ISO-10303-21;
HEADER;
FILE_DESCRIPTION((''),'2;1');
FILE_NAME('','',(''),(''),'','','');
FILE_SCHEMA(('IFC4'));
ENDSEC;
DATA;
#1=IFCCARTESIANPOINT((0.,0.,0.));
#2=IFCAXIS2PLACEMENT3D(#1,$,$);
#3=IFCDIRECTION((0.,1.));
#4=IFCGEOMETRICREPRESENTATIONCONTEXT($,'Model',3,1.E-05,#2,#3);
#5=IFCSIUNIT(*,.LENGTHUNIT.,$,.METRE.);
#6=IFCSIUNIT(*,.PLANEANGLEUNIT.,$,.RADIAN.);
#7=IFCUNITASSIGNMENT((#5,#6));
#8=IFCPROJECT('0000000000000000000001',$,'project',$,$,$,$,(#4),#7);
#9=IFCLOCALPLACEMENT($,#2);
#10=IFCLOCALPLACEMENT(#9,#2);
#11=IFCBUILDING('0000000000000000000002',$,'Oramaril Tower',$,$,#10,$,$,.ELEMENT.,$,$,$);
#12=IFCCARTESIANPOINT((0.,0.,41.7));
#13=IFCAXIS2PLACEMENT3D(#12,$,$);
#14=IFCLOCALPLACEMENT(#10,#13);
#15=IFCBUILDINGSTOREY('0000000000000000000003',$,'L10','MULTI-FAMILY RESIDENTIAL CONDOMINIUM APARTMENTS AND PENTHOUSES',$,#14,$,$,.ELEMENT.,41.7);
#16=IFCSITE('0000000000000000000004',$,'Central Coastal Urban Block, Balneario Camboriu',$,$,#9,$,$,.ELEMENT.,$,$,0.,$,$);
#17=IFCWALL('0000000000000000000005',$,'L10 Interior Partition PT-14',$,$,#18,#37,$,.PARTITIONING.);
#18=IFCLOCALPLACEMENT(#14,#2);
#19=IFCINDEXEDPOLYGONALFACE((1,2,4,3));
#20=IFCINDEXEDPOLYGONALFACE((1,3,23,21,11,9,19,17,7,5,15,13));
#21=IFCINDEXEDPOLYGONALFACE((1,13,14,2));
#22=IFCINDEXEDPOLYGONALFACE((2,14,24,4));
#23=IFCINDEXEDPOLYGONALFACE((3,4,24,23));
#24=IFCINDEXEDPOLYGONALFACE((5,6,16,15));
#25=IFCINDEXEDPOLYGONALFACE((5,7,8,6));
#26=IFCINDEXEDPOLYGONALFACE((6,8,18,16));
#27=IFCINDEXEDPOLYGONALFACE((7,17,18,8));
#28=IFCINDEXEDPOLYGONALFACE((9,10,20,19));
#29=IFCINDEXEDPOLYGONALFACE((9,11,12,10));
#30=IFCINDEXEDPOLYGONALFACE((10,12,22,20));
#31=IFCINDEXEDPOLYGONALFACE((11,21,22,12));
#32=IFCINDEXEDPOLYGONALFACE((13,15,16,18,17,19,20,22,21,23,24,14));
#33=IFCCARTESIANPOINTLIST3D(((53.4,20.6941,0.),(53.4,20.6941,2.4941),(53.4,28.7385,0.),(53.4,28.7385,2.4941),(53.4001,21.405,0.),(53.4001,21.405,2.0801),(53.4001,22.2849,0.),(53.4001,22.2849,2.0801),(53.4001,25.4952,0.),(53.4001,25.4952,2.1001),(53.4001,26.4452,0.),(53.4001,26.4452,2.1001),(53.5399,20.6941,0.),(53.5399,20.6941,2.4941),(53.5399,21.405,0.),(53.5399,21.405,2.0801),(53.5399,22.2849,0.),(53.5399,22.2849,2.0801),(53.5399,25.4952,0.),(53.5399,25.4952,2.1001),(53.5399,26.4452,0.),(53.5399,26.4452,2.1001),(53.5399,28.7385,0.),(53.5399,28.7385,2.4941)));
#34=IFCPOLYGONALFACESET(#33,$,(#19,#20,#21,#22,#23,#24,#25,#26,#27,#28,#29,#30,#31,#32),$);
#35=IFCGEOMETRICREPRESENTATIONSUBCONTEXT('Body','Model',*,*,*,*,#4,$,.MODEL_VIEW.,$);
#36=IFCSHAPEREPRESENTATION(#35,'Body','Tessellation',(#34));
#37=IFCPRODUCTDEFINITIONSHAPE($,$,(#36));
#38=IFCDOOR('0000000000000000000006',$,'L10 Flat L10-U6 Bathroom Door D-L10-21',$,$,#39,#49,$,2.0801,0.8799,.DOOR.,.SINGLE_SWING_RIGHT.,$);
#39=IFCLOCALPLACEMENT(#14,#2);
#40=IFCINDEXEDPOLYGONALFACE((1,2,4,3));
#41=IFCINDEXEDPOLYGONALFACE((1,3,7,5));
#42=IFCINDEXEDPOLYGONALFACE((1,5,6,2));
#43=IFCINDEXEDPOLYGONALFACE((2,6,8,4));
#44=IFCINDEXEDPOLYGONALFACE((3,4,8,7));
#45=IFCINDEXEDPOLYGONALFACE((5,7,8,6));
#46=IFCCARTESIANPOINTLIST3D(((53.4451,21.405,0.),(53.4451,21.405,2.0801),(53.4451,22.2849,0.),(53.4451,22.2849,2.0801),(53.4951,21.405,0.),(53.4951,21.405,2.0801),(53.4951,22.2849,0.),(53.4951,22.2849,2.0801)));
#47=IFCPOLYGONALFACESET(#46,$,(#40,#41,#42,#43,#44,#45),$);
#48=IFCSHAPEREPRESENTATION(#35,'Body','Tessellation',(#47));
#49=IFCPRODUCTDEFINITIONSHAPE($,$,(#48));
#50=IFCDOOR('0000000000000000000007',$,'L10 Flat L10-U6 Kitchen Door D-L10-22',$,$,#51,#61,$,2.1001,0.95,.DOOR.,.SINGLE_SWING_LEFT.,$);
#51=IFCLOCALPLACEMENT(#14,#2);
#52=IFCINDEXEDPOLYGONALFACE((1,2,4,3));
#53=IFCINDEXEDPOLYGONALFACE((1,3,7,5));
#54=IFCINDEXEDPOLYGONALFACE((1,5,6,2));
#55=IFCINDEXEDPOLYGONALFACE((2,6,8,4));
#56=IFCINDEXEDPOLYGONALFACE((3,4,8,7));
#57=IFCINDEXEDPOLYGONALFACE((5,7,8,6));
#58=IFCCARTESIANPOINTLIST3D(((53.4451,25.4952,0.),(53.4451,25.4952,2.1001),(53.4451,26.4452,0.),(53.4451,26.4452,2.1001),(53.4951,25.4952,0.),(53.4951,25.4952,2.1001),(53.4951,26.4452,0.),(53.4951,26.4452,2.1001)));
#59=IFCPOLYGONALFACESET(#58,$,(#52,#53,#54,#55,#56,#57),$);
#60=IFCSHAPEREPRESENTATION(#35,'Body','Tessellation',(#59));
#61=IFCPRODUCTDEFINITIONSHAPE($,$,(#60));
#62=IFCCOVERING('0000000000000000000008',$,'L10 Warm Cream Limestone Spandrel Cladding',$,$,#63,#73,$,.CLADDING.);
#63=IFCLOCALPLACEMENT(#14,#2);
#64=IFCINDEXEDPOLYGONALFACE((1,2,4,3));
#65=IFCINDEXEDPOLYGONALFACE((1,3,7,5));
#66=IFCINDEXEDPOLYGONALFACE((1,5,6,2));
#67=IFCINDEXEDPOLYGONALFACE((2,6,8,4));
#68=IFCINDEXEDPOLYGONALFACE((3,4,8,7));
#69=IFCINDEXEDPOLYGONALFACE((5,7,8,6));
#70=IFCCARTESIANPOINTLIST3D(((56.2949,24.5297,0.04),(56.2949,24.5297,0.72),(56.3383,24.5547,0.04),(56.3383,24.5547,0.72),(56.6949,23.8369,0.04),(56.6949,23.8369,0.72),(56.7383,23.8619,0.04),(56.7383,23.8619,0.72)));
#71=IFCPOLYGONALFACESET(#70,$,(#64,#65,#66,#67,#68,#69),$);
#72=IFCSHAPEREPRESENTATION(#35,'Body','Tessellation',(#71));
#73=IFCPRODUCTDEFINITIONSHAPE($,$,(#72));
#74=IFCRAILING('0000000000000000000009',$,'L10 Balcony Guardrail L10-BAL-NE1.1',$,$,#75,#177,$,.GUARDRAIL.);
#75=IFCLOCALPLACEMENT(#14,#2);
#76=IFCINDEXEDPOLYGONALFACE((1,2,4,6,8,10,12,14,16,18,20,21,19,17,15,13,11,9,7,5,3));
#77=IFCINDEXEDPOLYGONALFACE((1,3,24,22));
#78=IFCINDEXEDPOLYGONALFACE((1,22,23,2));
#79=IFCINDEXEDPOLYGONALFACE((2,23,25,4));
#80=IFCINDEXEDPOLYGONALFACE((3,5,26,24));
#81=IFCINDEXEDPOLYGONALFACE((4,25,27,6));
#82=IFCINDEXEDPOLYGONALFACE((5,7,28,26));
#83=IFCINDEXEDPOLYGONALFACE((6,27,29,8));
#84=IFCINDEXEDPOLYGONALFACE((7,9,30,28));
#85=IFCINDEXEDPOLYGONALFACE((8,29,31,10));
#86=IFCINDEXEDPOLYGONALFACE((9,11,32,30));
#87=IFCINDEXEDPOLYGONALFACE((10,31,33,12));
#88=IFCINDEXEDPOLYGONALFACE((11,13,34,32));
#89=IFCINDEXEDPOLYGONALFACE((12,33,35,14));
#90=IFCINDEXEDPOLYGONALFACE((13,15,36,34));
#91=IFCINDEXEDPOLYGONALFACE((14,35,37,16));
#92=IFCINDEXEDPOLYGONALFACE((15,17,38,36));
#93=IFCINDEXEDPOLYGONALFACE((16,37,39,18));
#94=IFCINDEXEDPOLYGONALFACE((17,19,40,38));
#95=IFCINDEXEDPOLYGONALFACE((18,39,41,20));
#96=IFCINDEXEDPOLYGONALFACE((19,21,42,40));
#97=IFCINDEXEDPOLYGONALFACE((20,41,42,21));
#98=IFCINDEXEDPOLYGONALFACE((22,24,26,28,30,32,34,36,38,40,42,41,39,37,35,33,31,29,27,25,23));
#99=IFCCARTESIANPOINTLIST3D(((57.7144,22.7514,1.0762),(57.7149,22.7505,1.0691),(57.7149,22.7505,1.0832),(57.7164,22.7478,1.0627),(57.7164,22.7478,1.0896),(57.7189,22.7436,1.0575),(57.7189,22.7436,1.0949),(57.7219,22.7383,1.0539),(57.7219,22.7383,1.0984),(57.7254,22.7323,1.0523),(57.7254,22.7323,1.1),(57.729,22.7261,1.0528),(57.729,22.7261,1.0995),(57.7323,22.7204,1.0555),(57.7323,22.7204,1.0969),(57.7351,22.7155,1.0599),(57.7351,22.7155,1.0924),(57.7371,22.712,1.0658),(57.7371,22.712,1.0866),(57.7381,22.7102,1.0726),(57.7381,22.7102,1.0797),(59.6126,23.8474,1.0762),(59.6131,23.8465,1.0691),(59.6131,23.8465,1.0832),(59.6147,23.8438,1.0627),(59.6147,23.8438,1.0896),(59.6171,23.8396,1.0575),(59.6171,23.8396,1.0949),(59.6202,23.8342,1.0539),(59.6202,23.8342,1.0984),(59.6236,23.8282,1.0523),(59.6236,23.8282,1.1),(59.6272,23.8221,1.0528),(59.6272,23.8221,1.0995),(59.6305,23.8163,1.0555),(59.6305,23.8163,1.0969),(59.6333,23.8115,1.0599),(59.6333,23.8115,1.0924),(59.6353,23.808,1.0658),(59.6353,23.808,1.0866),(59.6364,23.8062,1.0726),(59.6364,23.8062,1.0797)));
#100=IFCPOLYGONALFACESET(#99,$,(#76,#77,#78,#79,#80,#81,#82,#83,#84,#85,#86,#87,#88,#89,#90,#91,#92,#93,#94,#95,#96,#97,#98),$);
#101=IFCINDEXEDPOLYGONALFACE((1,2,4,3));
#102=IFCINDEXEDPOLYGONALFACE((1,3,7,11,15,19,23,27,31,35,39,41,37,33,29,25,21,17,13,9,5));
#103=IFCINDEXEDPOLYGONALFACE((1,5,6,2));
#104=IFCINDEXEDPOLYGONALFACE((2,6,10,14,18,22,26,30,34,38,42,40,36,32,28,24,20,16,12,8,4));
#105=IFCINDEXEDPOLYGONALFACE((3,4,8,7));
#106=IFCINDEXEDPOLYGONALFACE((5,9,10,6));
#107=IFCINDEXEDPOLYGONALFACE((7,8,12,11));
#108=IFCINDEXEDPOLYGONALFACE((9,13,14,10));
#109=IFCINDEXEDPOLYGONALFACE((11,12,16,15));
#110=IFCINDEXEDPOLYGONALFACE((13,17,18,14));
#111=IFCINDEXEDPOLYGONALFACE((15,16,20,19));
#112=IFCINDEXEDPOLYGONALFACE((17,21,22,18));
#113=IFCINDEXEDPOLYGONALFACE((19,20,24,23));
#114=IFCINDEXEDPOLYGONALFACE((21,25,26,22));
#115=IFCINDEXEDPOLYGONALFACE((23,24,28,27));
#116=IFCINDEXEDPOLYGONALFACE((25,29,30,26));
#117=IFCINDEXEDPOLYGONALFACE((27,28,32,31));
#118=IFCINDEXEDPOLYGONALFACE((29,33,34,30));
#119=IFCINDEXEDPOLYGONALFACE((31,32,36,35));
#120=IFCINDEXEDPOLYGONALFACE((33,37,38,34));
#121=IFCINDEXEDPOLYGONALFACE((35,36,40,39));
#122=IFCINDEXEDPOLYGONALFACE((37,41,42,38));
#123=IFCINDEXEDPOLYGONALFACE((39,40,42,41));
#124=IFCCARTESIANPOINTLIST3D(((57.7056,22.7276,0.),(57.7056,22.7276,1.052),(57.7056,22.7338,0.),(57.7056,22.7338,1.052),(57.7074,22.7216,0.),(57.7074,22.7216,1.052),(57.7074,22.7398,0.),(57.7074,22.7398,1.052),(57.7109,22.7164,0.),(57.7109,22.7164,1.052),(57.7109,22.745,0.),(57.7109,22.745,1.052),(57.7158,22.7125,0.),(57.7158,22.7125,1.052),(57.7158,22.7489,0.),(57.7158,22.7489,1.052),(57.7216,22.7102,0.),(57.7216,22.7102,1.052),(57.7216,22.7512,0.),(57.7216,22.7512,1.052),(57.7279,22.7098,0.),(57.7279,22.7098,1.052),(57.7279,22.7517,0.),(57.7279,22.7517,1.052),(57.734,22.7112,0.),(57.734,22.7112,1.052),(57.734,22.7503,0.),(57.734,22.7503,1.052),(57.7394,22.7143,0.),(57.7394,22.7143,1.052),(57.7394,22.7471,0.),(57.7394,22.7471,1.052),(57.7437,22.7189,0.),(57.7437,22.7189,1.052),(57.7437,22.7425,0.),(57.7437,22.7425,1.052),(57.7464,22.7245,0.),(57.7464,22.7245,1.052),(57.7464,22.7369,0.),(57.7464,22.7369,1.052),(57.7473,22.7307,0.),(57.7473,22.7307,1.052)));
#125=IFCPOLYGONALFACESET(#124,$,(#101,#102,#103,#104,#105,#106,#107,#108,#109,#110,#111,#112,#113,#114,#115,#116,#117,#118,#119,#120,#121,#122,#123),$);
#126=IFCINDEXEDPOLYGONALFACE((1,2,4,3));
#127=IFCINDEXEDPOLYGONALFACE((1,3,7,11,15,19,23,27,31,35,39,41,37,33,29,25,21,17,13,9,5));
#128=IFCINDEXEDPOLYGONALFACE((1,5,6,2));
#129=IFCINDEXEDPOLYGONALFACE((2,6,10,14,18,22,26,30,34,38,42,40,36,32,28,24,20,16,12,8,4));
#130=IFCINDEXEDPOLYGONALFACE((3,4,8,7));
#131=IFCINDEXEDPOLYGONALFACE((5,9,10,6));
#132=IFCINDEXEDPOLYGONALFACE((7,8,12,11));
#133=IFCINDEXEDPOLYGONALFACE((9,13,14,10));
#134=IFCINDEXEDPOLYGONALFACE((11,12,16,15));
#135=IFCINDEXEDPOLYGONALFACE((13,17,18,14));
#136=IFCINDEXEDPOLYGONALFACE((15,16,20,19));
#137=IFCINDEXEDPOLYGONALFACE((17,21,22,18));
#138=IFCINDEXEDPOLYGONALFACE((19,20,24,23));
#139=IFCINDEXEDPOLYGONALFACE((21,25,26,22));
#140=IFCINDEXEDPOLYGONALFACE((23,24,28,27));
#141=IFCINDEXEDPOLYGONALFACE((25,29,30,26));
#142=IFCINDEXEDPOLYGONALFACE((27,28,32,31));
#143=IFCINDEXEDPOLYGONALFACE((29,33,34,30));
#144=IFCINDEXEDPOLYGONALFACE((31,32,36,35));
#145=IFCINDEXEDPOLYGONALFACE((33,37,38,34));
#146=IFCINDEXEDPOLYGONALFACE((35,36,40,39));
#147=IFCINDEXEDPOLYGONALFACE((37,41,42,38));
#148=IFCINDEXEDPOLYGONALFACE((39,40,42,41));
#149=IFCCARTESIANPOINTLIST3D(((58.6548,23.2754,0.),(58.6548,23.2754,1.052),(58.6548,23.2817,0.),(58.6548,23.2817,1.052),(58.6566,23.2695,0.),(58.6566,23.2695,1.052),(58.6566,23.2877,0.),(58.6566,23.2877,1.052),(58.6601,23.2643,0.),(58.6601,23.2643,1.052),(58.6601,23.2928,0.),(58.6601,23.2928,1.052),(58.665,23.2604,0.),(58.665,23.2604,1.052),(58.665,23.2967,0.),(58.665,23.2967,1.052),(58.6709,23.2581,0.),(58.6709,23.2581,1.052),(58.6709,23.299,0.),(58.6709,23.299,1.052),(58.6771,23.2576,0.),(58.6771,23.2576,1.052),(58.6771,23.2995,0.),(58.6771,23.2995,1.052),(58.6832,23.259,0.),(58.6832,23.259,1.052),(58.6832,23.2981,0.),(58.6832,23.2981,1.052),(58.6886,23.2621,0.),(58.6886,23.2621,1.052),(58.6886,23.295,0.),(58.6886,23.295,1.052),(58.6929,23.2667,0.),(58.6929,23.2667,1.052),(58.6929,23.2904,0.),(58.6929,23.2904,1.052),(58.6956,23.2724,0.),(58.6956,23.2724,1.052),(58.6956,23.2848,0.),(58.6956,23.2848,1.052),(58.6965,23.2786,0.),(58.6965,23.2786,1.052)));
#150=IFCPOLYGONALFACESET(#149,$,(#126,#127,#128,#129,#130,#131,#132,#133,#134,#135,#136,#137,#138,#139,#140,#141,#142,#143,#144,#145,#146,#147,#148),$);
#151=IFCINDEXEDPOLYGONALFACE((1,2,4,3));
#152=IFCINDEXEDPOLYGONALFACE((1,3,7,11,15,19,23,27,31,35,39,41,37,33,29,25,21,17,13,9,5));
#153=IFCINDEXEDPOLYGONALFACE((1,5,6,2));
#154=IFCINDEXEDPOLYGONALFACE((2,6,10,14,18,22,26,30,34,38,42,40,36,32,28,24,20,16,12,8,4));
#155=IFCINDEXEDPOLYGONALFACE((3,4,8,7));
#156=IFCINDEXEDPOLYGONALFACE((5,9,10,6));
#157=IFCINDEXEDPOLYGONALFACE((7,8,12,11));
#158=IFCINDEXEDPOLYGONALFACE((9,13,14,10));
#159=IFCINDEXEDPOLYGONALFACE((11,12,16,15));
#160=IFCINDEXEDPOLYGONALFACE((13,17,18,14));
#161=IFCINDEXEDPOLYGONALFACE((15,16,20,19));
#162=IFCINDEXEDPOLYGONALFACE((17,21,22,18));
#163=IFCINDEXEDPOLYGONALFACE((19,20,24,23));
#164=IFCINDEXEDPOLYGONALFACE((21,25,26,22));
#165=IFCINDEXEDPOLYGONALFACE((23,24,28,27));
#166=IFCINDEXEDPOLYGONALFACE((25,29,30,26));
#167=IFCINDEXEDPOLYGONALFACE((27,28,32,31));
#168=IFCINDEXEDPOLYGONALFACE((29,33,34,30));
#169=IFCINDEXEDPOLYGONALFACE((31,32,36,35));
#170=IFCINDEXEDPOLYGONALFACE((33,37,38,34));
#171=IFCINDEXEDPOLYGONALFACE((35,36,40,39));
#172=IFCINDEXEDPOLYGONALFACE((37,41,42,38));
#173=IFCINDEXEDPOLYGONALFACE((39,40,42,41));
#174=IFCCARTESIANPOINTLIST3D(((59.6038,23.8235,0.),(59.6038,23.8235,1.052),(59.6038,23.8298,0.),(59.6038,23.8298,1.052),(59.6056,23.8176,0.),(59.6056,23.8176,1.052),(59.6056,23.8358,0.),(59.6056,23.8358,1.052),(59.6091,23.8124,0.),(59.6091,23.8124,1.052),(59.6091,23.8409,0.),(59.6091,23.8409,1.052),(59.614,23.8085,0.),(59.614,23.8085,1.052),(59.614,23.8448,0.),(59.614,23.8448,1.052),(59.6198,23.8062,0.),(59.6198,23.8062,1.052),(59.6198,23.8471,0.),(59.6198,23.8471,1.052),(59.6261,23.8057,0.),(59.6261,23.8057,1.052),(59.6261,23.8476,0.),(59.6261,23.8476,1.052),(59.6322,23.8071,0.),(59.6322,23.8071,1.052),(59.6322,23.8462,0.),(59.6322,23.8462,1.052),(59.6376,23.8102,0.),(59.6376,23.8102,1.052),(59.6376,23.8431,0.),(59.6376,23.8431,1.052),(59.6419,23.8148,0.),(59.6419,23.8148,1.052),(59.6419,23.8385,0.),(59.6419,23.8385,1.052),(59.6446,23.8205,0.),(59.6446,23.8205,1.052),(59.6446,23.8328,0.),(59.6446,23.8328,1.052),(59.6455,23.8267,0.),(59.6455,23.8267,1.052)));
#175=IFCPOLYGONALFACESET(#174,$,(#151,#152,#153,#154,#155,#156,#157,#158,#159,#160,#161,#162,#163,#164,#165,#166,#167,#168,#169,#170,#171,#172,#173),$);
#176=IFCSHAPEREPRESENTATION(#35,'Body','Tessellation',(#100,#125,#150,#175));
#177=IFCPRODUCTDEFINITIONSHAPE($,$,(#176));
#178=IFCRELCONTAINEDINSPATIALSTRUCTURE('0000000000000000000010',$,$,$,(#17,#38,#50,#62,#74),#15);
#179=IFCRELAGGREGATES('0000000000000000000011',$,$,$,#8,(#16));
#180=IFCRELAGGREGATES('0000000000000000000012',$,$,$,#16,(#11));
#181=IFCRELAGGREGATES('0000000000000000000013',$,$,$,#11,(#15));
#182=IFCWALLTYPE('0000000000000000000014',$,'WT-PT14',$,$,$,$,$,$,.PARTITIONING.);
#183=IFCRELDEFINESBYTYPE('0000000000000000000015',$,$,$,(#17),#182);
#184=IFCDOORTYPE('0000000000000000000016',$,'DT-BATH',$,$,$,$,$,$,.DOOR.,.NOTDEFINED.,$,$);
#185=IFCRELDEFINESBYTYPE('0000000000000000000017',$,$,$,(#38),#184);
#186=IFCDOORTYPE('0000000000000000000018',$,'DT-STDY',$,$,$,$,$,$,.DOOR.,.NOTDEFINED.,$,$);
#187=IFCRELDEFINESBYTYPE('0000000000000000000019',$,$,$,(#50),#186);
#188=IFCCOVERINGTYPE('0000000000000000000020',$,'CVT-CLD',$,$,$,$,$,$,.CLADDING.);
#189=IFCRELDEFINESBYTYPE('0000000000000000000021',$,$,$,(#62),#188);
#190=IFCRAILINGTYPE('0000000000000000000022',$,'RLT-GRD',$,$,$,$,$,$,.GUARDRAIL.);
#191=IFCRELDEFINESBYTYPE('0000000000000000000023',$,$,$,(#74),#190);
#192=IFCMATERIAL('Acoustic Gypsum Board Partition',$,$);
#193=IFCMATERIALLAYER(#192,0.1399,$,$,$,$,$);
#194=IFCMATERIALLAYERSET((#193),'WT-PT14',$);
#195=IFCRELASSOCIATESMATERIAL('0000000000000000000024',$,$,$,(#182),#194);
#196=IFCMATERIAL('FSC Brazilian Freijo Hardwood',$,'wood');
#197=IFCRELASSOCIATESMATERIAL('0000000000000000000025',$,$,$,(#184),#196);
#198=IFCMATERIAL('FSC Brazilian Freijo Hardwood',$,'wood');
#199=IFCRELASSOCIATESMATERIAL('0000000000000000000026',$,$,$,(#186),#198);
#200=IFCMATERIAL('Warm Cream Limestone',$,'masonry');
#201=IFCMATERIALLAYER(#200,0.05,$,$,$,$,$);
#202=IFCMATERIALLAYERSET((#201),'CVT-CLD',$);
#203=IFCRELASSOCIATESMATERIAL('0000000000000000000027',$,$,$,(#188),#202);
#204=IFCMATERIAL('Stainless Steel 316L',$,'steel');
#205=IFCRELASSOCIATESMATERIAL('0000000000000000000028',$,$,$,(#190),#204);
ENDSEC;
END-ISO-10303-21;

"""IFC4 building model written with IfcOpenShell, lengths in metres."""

from ifc_helpers import new_model, si_unit, direction, frame, frame_2d, origin, origin_2d, place, context, subcontext, project, spatial, rectangle, circle, extrude, material, layer, layer_set, type_object, element, fill, save


model = new_model("IFC4")

# Units and contexts
model_context = context("Model", 3, precision=1e-05, world=origin(), true_north=direction((0.0, 1.0)))
body_context = subcontext(model_context, "Body", "Model", "MODEL_VIEW")
ifc_project = project(units=[si_unit("LENGTHUNIT", "METRE"), si_unit("PLANEANGLEUNIT", "RADIAN")], contexts=[model_context])

# Site, building, storey
site_placement = place(None, origin())
site = spatial("IfcSite", under=ifc_project, at=site_placement, Name="Central Coastal Urban Block, Balneario Camboriu", CompositionType="ELEMENT", RefElevation=0.0)
building_placement = place(site_placement, origin())
building = spatial("IfcBuilding", under=site, at=building_placement, Name="Oramaril Tower", CompositionType="ELEMENT")
storey_placement = place(building_placement, frame((0.0, 0.0, 41.7)))
storey = spatial("IfcBuildingStorey", under=building, at=storey_placement, Name="L10", Description="MULTI-FAMILY RESIDENTIAL CONDOMINIUM APARTMENTS AND PENTHOUSES", CompositionType="ELEMENT", Elevation=41.7)

# Shared definitions
ifc_material_1 = material(Name="Acoustic Gypsum Board Partition")
ifc_layer_1 = layer(ifc_material_1, 0.1399)
ifc_layer_set_1 = layer_set([ifc_layer_1], Name="WT-PT14")
wall_type_1 = type_object("IfcWallType", Name="WT-PT14", PredefinedType="PARTITIONING", material=ifc_layer_set_1)

# Wall, openings, doors
wall_1_placement = place(storey_placement, frame((53.47, 20.6941, 0.0), z_axis=(0.0, 0.0, 1.0), x_axis=(0.0, 1.0, 0.0)))
wall_1 = element("IfcWall", 1, at=wall_1_placement, inside=storey, type_object=wall_type_1, Name="L10 Interior Partition PT-14", PredefinedType="PARTITIONING", context=body_context, shape_type="SweptSolid", body=[
    extrude(rectangle(XDim=8.0444, YDim=0.1399, at=frame_2d((4.0222, 0.0))), origin(), (0.0, 0.0, 1.0), 2.4941),
])
opening_1_placement = place(wall_1_placement, frame((0.7109, 0.0, 0.0)))
opening_1 = element("IfcOpeningElement", 2, at=opening_1_placement, cuts=wall_1, PredefinedType="OPENING", context=body_context, shape_type="SweptSolid", body=[
    extrude(rectangle(XDim=0.8799, YDim=2.0801, at=frame_2d((0.4399, 1.04))), frame((0.0, 0.0698, 0.0), z_axis=(0.0, -1.0, 0.0), x_axis=(1.0, 0.0, 0.0)), (0.0, 0.0, 1.0), 0.1399),
])
opening_2_placement = place(wall_1_placement, frame((4.801, 0.0, 0.0)))
opening_2 = element("IfcOpeningElement", 3, at=opening_2_placement, cuts=wall_1, PredefinedType="OPENING", context=body_context, shape_type="SweptSolid", body=[
    extrude(rectangle(XDim=0.95, YDim=2.1001, at=frame_2d((0.4751, 1.05))), frame((0.0, 0.0698, 0.0), z_axis=(0.0, -1.0, 0.0), x_axis=(1.0, 0.0, 0.0)), (0.0, 0.0, 1.0), 0.1399),
])
ifc_material_2 = material(Name="FSC Brazilian Freijo Hardwood", Category="wood")
door_type_1 = type_object("IfcDoorType", Name="DT-BATH", OperationType="NOTDEFINED", PredefinedType="DOOR", material=ifc_material_2)
door_1_placement = place(opening_1_placement, origin())
door_1 = element("IfcDoor", 4, at=door_1_placement, inside=storey, type_object=door_type_1, Name="L10 Flat L10-U6 Bathroom Door D-L10-21", OperationType="SINGLE_SWING_RIGHT", OverallHeight=2.0801, OverallWidth=0.8799, PredefinedType="DOOR", context=body_context, shape_type="SweptSolid", body=[
    extrude(rectangle(XDim=0.8799, YDim=2.0801, at=frame_2d((0.4399, 1.04))), frame((0.0, 0.0249, 0.0), z_axis=(0.0, -1.0, 0.0), x_axis=(1.0, 0.0, 0.0)), (0.0, 0.0, 1.0), 0.05),
])
fill(opening_1, door_1)
ifc_material_3 = material(Name="FSC Brazilian Freijo Hardwood", Category="wood")
door_type_2 = type_object("IfcDoorType", Name="DT-STDY", OperationType="NOTDEFINED", PredefinedType="DOOR", material=ifc_material_3)
door_2_placement = place(opening_2_placement, origin())
door_2 = element("IfcDoor", 5, at=door_2_placement, inside=storey, type_object=door_type_2, Name="L10 Flat L10-U6 Kitchen Door D-L10-22", OperationType="SINGLE_SWING_LEFT", OverallHeight=2.1001, OverallWidth=0.95, PredefinedType="DOOR", context=body_context, shape_type="SweptSolid", body=[
    extrude(rectangle(XDim=0.95, YDim=2.1001, at=frame_2d((0.4751, 1.05))), frame((0.0, 0.0249, 0.0), z_axis=(0.0, -1.0, 0.0), x_axis=(1.0, 0.0, 0.0)), (0.0, 0.0, 1.0), 0.05),
])
fill(opening_2, door_2)

# Covering
ifc_material_4 = material(Name="Warm Cream Limestone", Category="masonry")
ifc_layer_2 = layer(ifc_material_4, 0.05)
ifc_layer_set_2 = layer_set([ifc_layer_2], Name="CVT-CLD")
covering_type = type_object("IfcCoveringType", Name="CVT-CLD", PredefinedType="CLADDING", material=ifc_layer_set_2)
covering_placement = place(storey_placement, frame((56.5166, 24.1958, 0.04), z_axis=(0.0, 0.0, 1.0), x_axis=(-0.5, 0.866025, 0.0)))
element("IfcCovering", 6, at=covering_placement, inside=storey, type_object=covering_type, Name="L10 Warm Cream Limestone Spandrel Cladding", PredefinedType="CLADDING", context=body_context, shape_type="SweptSolid", body=[
    extrude(rectangle(XDim=0.8, YDim=0.05, at=origin_2d()), origin(), (0.0, 0.0, 1.0), 0.6799),
])

# Railing
ifc_material_5 = material(Name="Stainless Steel 316L", Category="steel")
railing_type = type_object("IfcRailingType", Name="RLT-GRD", PredefinedType="GUARDRAIL", material=ifc_material_5)
railing_1_placement = place(storey_placement, frame((57.7263, 22.7307, 0.0)))
element("IfcRailing", 7, at=railing_1_placement, inside=storey, type_object=railing_type, Name="L10 Balcony Guardrail L10-BAL-NE1.1", PredefinedType="GUARDRAIL", context=body_context, shape_type="SweptSolid", body=[
    extrude(circle(Radius=0.0239, at=origin_2d()), frame((0.0, 0.0, 1.0762), z_axis=(0.866021, 0.500008, 0.0), x_axis=(-0.500008, 0.866021, 0.0)), (0.0, 0.0, 1.0), 2.1919),
    extrude(circle(Radius=0.021, at=origin_2d()), origin(), (0.0, 0.0, 1.0), 1.052),
    extrude(circle(Radius=0.021, at=origin_2d()), frame((0.9492, 0.5479, 0.0)), (0.0, 0.0, 1.0), 1.052),
    extrude(circle(Radius=0.021, at=origin_2d()), frame((1.8982, 1.0959, 0.0)), (0.0, 0.0, 1.0), 1.052),
])

save(model, "model.ifc")
